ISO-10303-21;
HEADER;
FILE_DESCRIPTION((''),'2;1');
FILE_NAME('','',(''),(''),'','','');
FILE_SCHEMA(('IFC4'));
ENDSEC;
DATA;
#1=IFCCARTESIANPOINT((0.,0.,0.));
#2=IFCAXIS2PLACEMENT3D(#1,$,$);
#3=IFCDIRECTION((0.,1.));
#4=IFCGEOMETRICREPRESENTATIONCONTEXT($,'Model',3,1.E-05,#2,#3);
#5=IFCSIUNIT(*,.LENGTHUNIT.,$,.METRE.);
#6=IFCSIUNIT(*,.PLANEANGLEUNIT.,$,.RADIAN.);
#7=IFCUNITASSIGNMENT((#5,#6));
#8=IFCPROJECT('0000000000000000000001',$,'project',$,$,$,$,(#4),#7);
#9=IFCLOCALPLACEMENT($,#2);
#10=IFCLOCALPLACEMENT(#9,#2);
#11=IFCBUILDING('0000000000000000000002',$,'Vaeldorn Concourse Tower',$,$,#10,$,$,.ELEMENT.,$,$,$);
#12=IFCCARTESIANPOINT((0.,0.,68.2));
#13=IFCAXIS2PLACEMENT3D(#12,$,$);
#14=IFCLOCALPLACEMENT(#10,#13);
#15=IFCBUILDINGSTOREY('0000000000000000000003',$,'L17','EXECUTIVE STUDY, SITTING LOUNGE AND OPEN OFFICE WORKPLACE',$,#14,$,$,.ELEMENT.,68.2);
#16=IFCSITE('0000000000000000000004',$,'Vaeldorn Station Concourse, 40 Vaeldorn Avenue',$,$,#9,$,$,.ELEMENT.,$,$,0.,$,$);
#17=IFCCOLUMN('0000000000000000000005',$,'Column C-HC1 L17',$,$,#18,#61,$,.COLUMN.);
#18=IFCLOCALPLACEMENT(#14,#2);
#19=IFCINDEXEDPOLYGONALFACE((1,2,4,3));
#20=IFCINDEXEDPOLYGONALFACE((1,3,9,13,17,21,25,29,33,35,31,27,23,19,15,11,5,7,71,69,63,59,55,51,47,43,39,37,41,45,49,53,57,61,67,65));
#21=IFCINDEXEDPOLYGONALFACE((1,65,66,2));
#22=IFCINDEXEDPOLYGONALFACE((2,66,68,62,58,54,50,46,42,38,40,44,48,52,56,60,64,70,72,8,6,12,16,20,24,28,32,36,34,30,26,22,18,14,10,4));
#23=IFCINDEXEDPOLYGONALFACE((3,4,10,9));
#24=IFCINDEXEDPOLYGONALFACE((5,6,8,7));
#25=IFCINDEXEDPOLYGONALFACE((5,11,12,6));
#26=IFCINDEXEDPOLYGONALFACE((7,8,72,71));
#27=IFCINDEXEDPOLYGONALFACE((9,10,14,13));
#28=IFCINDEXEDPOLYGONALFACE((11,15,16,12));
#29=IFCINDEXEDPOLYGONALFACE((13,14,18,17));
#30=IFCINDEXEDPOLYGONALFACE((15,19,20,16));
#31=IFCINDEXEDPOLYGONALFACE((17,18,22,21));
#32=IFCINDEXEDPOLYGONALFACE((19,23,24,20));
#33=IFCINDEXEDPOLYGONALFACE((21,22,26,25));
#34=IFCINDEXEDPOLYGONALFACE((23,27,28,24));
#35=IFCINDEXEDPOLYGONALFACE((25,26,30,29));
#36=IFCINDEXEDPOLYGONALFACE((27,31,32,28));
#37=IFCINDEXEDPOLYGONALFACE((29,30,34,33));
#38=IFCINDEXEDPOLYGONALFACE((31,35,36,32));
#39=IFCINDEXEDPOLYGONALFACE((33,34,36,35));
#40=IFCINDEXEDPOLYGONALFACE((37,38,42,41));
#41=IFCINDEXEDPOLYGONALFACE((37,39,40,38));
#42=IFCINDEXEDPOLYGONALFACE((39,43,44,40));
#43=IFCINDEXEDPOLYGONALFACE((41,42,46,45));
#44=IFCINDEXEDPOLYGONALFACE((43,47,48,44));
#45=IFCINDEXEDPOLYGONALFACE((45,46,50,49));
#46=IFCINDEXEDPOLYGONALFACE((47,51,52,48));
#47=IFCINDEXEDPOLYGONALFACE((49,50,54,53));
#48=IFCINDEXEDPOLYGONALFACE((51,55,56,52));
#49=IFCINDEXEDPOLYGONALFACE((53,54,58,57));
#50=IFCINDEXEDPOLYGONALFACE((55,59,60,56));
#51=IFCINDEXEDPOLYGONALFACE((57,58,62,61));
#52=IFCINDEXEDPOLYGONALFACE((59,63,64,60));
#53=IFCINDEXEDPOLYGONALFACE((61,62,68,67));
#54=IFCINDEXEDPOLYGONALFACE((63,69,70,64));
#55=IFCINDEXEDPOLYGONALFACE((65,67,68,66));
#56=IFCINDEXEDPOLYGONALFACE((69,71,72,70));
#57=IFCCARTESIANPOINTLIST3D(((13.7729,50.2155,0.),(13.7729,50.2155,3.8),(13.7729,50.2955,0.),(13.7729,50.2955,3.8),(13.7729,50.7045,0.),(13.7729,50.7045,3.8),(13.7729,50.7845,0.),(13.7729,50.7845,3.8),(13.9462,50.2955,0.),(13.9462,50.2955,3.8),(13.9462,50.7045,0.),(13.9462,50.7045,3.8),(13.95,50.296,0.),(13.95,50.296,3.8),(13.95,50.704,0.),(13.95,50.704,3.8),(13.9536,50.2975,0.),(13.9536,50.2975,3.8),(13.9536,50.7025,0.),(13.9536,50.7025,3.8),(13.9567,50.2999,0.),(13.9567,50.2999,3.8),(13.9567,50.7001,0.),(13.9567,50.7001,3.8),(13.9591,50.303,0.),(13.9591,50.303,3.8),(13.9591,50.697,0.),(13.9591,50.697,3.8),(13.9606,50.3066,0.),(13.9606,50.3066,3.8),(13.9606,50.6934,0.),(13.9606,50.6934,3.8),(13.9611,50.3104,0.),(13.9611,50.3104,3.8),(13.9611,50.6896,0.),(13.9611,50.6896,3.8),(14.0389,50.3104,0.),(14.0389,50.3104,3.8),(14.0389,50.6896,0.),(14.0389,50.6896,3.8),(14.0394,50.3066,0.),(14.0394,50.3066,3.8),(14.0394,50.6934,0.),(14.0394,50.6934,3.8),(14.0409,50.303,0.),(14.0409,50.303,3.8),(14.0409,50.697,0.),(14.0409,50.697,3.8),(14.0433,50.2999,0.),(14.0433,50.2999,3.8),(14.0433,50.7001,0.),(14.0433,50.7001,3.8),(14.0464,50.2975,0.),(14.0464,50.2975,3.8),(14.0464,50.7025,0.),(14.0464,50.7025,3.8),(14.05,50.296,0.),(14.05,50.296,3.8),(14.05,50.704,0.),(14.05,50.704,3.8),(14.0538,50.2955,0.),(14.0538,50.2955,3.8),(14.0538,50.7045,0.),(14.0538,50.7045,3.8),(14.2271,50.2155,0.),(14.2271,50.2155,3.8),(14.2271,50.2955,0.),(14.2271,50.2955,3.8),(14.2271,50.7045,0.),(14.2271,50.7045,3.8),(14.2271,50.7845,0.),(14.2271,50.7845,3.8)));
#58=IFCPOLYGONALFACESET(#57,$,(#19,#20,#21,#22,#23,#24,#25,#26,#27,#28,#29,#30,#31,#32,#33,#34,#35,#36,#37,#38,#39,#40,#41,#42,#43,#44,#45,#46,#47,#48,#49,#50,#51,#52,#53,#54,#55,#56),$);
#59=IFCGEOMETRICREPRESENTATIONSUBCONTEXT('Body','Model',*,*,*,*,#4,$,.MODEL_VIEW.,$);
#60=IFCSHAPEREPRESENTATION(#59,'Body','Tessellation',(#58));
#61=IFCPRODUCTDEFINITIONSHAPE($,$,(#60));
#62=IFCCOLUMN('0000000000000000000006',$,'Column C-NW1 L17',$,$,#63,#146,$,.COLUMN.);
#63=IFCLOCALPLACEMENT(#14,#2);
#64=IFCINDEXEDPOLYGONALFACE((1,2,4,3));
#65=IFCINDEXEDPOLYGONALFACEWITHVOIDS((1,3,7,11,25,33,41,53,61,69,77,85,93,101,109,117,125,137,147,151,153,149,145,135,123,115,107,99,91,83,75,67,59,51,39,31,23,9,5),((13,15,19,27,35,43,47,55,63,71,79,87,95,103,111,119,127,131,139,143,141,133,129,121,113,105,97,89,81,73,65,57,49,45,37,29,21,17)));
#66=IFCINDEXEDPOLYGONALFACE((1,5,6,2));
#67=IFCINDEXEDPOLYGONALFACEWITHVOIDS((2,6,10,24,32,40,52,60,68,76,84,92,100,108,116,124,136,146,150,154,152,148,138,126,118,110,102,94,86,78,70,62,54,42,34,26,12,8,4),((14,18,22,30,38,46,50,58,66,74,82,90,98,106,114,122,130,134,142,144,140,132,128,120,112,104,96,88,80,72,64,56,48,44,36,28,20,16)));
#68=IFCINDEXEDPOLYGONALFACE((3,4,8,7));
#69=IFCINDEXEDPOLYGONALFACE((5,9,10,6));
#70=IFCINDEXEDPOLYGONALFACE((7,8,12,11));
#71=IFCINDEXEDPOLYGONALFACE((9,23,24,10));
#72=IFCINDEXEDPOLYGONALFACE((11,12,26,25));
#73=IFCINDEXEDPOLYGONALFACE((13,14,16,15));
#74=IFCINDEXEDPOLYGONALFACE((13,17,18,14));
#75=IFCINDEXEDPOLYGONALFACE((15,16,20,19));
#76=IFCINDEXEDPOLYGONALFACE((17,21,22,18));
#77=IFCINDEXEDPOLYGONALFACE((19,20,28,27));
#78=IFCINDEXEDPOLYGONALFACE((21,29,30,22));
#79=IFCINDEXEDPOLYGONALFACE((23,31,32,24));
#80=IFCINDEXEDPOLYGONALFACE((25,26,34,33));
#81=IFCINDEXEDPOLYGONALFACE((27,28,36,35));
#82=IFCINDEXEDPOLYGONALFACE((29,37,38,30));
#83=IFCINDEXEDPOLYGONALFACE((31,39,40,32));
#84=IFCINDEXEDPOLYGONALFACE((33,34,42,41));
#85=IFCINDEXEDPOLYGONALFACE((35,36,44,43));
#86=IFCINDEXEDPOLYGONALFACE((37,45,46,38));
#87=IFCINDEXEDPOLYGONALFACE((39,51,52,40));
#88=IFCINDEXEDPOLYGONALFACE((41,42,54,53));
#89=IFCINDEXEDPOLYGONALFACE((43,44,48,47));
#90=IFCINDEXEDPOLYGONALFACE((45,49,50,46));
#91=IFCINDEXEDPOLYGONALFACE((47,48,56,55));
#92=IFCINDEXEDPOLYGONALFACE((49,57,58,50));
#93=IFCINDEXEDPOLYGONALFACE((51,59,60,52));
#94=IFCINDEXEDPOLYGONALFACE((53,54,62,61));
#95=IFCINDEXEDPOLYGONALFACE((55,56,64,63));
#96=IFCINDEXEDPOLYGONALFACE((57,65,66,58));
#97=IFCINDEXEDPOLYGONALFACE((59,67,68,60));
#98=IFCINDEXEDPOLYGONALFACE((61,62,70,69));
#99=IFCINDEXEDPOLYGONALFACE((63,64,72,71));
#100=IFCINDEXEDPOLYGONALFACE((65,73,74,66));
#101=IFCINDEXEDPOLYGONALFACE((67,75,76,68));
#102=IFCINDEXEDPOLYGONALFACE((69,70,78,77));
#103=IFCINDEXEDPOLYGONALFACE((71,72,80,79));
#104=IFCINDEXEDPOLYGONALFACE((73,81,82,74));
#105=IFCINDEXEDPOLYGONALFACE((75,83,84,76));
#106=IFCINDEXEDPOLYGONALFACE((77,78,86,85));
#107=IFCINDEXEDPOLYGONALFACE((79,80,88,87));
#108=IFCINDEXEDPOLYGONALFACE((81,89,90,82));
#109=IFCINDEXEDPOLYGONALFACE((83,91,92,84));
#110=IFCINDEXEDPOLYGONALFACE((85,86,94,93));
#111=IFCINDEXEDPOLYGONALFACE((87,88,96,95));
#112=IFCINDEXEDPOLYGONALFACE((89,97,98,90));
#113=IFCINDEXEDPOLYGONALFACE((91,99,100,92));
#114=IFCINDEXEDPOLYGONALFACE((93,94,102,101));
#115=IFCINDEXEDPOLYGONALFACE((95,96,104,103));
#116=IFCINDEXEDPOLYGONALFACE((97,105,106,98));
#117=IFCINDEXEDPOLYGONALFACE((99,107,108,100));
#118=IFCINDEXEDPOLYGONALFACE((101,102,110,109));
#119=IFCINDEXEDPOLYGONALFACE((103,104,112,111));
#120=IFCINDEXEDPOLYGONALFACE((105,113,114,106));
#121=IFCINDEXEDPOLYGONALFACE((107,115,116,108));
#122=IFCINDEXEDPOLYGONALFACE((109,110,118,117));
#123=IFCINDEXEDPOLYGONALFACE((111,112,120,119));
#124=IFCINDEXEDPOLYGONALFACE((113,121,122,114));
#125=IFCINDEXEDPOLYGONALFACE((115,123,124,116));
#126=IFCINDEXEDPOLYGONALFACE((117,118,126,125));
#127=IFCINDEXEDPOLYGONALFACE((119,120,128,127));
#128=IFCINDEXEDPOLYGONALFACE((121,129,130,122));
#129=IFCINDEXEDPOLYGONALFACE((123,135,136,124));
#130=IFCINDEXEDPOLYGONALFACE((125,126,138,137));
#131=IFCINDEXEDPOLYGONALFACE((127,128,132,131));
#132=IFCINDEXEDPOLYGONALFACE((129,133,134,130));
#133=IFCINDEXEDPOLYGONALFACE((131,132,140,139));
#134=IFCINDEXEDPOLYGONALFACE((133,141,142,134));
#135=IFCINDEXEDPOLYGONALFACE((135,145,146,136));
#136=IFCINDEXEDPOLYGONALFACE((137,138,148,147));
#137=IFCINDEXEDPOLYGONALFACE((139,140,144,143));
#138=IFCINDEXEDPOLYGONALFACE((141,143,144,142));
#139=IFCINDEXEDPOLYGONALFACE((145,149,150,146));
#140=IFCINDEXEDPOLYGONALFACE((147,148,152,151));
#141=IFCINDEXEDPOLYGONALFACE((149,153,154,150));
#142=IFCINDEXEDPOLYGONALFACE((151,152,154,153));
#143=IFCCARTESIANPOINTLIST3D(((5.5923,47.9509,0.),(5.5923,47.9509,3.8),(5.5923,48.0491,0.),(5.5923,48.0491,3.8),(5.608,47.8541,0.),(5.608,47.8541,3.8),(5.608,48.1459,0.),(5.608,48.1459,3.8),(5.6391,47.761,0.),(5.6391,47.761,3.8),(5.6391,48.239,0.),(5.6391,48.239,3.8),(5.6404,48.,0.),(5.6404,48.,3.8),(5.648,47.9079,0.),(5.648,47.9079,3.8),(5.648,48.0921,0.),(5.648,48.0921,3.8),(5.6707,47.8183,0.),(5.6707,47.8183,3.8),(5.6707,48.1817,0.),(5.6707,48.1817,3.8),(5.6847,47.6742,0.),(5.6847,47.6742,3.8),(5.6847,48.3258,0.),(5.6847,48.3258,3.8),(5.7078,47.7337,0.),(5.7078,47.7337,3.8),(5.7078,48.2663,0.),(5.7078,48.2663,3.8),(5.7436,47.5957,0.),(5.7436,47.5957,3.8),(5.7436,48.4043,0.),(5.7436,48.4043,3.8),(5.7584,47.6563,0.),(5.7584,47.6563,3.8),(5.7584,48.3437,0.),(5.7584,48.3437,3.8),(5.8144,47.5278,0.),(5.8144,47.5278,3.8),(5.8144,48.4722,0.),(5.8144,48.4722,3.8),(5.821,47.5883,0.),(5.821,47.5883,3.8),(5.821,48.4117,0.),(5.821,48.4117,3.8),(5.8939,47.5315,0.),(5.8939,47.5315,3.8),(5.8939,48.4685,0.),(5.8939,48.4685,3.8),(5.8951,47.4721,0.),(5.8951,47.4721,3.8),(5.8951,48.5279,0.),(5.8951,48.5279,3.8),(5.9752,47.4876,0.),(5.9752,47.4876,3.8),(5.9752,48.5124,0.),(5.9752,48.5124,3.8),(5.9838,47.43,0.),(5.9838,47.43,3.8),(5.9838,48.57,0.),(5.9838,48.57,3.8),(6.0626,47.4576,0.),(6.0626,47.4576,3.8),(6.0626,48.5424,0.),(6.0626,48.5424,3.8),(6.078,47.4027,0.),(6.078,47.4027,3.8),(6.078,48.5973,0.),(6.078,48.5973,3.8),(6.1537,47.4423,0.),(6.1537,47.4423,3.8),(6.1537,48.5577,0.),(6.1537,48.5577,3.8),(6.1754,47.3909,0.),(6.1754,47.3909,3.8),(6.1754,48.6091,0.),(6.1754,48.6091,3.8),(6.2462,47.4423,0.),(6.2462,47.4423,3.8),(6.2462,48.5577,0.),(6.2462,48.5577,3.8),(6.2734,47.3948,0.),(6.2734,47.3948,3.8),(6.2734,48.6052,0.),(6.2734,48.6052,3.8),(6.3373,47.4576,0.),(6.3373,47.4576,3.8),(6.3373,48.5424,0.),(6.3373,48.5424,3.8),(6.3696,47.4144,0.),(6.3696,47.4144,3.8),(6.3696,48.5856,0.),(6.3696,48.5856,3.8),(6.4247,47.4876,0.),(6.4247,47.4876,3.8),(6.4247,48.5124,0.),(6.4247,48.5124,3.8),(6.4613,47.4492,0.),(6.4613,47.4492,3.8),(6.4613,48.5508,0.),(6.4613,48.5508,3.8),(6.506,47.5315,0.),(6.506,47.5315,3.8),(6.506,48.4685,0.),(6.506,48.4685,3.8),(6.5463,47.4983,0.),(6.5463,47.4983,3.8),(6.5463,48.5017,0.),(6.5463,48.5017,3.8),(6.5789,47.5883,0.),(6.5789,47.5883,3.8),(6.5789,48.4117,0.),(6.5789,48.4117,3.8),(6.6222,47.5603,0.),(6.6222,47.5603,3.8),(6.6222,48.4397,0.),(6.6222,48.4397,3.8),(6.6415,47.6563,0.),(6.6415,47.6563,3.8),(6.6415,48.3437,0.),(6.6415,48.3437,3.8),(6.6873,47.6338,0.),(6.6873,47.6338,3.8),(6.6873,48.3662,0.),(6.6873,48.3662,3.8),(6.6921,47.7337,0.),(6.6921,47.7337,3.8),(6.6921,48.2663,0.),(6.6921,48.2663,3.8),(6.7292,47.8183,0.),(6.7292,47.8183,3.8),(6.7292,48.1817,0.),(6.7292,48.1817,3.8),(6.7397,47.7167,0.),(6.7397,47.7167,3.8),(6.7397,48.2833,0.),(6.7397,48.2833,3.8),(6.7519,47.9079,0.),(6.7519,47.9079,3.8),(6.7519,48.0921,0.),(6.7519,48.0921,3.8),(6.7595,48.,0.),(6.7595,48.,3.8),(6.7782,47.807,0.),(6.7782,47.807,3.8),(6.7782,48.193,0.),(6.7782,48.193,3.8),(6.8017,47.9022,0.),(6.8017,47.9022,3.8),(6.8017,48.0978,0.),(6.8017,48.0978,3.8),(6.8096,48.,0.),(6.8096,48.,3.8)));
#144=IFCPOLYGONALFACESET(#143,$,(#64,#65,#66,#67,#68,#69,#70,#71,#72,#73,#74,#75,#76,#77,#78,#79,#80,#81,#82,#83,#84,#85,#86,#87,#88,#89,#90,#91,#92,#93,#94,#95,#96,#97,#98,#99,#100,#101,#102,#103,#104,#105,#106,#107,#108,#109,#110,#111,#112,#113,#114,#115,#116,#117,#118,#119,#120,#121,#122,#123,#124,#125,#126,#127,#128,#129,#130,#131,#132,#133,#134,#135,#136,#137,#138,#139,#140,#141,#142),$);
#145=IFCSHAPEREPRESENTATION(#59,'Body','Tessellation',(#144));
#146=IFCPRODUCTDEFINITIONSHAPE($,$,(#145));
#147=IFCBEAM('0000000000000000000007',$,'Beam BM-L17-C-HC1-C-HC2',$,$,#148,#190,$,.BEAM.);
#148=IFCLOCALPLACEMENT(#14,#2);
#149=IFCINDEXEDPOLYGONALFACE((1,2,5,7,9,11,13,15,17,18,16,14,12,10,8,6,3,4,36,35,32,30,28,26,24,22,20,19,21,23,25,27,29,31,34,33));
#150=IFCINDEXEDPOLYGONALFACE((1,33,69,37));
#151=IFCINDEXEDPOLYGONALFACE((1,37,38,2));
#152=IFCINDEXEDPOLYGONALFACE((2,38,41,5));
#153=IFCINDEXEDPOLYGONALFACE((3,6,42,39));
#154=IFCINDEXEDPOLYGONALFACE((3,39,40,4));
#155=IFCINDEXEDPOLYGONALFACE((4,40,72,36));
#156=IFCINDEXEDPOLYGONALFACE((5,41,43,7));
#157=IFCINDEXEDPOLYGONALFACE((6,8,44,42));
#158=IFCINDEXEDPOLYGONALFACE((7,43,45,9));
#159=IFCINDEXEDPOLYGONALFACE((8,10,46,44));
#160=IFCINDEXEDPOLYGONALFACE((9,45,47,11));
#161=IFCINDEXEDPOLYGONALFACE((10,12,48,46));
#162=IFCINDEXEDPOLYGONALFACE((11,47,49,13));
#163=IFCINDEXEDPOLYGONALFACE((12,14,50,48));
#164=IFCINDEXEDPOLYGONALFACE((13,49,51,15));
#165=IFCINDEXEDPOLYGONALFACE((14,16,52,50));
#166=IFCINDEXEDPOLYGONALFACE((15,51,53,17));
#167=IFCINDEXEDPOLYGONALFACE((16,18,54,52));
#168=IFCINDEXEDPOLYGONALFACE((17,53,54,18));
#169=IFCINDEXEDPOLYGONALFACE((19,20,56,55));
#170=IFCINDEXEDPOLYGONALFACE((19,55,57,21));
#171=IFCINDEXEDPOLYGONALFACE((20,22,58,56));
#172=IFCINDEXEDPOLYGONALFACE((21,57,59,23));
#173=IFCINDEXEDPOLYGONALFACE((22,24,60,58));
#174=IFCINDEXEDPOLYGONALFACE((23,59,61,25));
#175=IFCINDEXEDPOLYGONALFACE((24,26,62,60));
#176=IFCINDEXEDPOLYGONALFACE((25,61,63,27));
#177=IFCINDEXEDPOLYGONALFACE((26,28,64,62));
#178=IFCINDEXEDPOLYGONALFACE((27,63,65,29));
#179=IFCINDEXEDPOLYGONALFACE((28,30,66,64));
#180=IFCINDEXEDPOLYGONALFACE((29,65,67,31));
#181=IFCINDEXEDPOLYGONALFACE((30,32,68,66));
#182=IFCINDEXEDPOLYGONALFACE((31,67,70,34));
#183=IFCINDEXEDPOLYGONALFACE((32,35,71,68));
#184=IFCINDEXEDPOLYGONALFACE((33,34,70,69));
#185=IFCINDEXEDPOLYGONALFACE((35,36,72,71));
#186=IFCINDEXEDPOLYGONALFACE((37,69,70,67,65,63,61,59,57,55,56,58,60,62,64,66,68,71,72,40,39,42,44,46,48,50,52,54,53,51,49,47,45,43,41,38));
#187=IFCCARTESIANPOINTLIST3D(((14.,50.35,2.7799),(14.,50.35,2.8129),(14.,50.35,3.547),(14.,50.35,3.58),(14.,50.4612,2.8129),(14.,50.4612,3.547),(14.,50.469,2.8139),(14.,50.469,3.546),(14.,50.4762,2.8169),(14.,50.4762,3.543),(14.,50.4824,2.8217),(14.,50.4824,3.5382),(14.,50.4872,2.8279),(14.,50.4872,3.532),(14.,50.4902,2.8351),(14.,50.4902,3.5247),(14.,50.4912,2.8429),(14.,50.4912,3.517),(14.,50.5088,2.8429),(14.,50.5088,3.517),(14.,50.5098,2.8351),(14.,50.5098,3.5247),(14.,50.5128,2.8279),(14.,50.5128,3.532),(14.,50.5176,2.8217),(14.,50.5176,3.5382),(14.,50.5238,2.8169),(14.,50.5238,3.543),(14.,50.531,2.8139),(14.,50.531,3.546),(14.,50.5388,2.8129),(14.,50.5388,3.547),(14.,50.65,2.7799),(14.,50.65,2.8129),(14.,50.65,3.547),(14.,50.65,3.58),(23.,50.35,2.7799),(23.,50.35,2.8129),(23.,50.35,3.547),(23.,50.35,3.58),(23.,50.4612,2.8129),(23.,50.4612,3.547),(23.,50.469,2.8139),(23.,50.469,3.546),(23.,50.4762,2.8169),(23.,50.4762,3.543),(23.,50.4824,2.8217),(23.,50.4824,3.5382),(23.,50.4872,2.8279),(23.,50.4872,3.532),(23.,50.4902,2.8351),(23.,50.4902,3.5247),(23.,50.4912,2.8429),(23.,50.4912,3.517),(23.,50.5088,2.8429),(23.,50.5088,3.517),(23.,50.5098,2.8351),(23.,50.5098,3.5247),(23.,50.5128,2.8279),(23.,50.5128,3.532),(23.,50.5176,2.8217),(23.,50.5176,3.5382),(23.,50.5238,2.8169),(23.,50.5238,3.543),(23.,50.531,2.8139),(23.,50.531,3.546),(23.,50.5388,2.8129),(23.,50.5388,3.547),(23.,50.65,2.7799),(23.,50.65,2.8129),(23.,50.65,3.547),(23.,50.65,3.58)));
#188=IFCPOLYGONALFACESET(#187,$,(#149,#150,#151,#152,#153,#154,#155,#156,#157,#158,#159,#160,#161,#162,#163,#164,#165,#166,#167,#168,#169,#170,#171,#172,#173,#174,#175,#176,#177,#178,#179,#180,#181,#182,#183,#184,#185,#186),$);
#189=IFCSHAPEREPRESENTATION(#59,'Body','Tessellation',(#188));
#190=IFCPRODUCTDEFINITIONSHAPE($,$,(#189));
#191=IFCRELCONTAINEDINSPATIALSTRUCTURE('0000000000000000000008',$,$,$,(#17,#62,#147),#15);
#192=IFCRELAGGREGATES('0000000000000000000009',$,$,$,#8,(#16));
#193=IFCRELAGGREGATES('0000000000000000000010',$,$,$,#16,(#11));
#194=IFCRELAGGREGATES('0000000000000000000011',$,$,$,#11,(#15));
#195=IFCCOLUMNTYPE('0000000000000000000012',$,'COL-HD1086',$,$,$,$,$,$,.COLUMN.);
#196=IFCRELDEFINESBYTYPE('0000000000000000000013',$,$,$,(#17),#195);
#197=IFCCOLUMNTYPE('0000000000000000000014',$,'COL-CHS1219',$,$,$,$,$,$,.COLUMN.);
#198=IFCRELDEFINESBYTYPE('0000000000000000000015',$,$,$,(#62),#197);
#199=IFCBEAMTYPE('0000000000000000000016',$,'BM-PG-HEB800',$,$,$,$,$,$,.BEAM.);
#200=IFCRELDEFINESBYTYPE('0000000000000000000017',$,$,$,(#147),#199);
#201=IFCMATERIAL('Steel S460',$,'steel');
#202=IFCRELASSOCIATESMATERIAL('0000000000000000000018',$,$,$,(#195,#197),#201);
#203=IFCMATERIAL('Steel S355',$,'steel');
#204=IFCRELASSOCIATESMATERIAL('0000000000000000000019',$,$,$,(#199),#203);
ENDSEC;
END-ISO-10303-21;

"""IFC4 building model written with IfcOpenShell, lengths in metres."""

from ifc_helpers import new_model, si_unit, direction, frame, origin, origin_2d, place, context, subcontext, project, spatial, hollow_circle, i_section, extrude, source, transform, mapped, material, material_profile, profile_set, type_object, element, save


model = new_model("IFC4")

# Units and contexts
model_context = context("Model", 3, precision=1e-05, world=origin(), true_north=direction((0.0, 1.0)))
body_context = subcontext(model_context, "Body", "Model", "MODEL_VIEW")
ifc_project = project(units=[si_unit("LENGTHUNIT", "METRE"), si_unit("PLANEANGLEUNIT", "RADIAN")], contexts=[model_context])

# Site, building, storey
site_placement = place(None, origin())
site = spatial("IfcSite", under=ifc_project, at=site_placement, Name="Vaeldorn Station Concourse, 40 Vaeldorn Avenue", CompositionType="ELEMENT", RefElevation=0.0)
building_placement = place(site_placement, origin())
building = spatial("IfcBuilding", under=site, at=building_placement, Name="Vaeldorn Concourse Tower", CompositionType="ELEMENT")
storey_placement = place(building_placement, frame((0.0, 0.0, 68.2)))
storey = spatial("IfcBuildingStorey", under=building, at=storey_placement, Name="L17", Description="EXECUTIVE STUDY, SITTING LOUNGE AND OPEN OFFICE WORKPLACE", CompositionType="ELEMENT", Elevation=68.2)

# Columns
ifc_material_1 = material(Name="Steel S460", Category="steel")
ifc_material_profile_1 = material_profile(ifc_material_1, i_section(OverallWidth=0.4541, OverallDepth=0.5691, WebThickness=0.0779, FlangeThickness=0.0801, FilletRadius=0.0149, at=origin_2d()), Name="HD 400x1086")
ifc_profile_set_1 = profile_set([ifc_material_profile_1], Name="Steel S460")
column_type_1 = type_object("IfcColumnType", Name="COL-HD1086", PredefinedType="COLUMN", material=ifc_profile_set_1)
shared_shape_1 = source(origin(), body_context, "Body", "SweptSolid", [
    extrude(i_section(OverallWidth=0.4541, OverallDepth=0.5691, WebThickness=0.0779, FlangeThickness=0.0801, FilletRadius=0.0149, at=origin_2d()), origin(), (0.0, 0.0, 1.0), 3.8),
])
column_1_placement = place(storey_placement, frame((14.0, 50.5, 0.0), z_axis=(0.0, 0.0, 1.0), x_axis=(1.0, 0.0, 0.0)))
element("IfcColumn", 1, at=column_1_placement, inside=storey, type_object=column_type_1, Name="Column C-HC1 L17", PredefinedType="COLUMN", context=body_context, shape_type="MappedRepresentation", body=[
    mapped(shared_shape_1, transform((0.0, 0.0, 0.0), scale=1.0)),
])
ifc_material_profile_2 = material_profile(ifc_material_1, hollow_circle(Radius=0.6096, WallThickness=0.05, at=origin_2d()), Name="CHS 1219x50")
ifc_profile_set_2 = profile_set([ifc_material_profile_2], Name="Steel S460")
column_type_2 = type_object("IfcColumnType", Name="COL-CHS1219", PredefinedType="COLUMN", material=ifc_profile_set_2)
shared_shape_2 = source(origin(), body_context, "Body", "SweptSolid", [
    extrude(hollow_circle(Radius=0.6096, WallThickness=0.05, at=origin_2d()), origin(), (0.0, 0.0, 1.0), 3.8),
])
column_2_placement = place(storey_placement, frame((6.2, 48.0, 0.0), z_axis=(0.0, 0.0, 1.0), x_axis=(1.0, 0.0, 0.0)))
element("IfcColumn", 2, at=column_2_placement, inside=storey, type_object=column_type_2, Name="Column C-NW1 L17", PredefinedType="COLUMN", context=body_context, shape_type="MappedRepresentation", body=[
    mapped(shared_shape_2, transform((0.0, 0.0, 0.0), scale=1.0)),
])

# Beam
ifc_material_2 = material(Name="Steel S355", Category="steel")
ifc_material_profile_3 = material_profile(ifc_material_2, i_section(OverallWidth=0.3, OverallDepth=0.8, WebThickness=0.0176, FlangeThickness=0.033, FilletRadius=0.03, at=origin_2d()), Name="HEB 800")
ifc_profile_set_3 = profile_set([ifc_material_profile_3], Name="Steel S355")
beam_type_1 = type_object("IfcBeamType", Name="BM-PG-HEB800", PredefinedType="BEAM", material=ifc_profile_set_3)
shared_shape_3 = source(origin(), body_context, "Body", "SweptSolid", [
    extrude(i_section(OverallWidth=0.3, OverallDepth=0.8, WebThickness=0.0176, FlangeThickness=0.033, FilletRadius=0.03, at=origin_2d()), origin(), (0.0, 0.0, 1.0), 9.0),
])
beam_1_placement = place(storey_placement, frame((14.0, 50.5, 3.1799), z_axis=(1.0, 0.0, 0.0), x_axis=(0.0, 1.0, 0.0)))
element("IfcBeam", 3, at=beam_1_placement, inside=storey, type_object=beam_type_1, Name="Beam BM-L17-C-HC1-C-HC2", PredefinedType="BEAM", context=body_context, shape_type="MappedRepresentation", body=[
    mapped(shared_shape_3, transform((0.0, 0.0, 0.0), scale=1.0)),
])

save(model, "model.ifc")
